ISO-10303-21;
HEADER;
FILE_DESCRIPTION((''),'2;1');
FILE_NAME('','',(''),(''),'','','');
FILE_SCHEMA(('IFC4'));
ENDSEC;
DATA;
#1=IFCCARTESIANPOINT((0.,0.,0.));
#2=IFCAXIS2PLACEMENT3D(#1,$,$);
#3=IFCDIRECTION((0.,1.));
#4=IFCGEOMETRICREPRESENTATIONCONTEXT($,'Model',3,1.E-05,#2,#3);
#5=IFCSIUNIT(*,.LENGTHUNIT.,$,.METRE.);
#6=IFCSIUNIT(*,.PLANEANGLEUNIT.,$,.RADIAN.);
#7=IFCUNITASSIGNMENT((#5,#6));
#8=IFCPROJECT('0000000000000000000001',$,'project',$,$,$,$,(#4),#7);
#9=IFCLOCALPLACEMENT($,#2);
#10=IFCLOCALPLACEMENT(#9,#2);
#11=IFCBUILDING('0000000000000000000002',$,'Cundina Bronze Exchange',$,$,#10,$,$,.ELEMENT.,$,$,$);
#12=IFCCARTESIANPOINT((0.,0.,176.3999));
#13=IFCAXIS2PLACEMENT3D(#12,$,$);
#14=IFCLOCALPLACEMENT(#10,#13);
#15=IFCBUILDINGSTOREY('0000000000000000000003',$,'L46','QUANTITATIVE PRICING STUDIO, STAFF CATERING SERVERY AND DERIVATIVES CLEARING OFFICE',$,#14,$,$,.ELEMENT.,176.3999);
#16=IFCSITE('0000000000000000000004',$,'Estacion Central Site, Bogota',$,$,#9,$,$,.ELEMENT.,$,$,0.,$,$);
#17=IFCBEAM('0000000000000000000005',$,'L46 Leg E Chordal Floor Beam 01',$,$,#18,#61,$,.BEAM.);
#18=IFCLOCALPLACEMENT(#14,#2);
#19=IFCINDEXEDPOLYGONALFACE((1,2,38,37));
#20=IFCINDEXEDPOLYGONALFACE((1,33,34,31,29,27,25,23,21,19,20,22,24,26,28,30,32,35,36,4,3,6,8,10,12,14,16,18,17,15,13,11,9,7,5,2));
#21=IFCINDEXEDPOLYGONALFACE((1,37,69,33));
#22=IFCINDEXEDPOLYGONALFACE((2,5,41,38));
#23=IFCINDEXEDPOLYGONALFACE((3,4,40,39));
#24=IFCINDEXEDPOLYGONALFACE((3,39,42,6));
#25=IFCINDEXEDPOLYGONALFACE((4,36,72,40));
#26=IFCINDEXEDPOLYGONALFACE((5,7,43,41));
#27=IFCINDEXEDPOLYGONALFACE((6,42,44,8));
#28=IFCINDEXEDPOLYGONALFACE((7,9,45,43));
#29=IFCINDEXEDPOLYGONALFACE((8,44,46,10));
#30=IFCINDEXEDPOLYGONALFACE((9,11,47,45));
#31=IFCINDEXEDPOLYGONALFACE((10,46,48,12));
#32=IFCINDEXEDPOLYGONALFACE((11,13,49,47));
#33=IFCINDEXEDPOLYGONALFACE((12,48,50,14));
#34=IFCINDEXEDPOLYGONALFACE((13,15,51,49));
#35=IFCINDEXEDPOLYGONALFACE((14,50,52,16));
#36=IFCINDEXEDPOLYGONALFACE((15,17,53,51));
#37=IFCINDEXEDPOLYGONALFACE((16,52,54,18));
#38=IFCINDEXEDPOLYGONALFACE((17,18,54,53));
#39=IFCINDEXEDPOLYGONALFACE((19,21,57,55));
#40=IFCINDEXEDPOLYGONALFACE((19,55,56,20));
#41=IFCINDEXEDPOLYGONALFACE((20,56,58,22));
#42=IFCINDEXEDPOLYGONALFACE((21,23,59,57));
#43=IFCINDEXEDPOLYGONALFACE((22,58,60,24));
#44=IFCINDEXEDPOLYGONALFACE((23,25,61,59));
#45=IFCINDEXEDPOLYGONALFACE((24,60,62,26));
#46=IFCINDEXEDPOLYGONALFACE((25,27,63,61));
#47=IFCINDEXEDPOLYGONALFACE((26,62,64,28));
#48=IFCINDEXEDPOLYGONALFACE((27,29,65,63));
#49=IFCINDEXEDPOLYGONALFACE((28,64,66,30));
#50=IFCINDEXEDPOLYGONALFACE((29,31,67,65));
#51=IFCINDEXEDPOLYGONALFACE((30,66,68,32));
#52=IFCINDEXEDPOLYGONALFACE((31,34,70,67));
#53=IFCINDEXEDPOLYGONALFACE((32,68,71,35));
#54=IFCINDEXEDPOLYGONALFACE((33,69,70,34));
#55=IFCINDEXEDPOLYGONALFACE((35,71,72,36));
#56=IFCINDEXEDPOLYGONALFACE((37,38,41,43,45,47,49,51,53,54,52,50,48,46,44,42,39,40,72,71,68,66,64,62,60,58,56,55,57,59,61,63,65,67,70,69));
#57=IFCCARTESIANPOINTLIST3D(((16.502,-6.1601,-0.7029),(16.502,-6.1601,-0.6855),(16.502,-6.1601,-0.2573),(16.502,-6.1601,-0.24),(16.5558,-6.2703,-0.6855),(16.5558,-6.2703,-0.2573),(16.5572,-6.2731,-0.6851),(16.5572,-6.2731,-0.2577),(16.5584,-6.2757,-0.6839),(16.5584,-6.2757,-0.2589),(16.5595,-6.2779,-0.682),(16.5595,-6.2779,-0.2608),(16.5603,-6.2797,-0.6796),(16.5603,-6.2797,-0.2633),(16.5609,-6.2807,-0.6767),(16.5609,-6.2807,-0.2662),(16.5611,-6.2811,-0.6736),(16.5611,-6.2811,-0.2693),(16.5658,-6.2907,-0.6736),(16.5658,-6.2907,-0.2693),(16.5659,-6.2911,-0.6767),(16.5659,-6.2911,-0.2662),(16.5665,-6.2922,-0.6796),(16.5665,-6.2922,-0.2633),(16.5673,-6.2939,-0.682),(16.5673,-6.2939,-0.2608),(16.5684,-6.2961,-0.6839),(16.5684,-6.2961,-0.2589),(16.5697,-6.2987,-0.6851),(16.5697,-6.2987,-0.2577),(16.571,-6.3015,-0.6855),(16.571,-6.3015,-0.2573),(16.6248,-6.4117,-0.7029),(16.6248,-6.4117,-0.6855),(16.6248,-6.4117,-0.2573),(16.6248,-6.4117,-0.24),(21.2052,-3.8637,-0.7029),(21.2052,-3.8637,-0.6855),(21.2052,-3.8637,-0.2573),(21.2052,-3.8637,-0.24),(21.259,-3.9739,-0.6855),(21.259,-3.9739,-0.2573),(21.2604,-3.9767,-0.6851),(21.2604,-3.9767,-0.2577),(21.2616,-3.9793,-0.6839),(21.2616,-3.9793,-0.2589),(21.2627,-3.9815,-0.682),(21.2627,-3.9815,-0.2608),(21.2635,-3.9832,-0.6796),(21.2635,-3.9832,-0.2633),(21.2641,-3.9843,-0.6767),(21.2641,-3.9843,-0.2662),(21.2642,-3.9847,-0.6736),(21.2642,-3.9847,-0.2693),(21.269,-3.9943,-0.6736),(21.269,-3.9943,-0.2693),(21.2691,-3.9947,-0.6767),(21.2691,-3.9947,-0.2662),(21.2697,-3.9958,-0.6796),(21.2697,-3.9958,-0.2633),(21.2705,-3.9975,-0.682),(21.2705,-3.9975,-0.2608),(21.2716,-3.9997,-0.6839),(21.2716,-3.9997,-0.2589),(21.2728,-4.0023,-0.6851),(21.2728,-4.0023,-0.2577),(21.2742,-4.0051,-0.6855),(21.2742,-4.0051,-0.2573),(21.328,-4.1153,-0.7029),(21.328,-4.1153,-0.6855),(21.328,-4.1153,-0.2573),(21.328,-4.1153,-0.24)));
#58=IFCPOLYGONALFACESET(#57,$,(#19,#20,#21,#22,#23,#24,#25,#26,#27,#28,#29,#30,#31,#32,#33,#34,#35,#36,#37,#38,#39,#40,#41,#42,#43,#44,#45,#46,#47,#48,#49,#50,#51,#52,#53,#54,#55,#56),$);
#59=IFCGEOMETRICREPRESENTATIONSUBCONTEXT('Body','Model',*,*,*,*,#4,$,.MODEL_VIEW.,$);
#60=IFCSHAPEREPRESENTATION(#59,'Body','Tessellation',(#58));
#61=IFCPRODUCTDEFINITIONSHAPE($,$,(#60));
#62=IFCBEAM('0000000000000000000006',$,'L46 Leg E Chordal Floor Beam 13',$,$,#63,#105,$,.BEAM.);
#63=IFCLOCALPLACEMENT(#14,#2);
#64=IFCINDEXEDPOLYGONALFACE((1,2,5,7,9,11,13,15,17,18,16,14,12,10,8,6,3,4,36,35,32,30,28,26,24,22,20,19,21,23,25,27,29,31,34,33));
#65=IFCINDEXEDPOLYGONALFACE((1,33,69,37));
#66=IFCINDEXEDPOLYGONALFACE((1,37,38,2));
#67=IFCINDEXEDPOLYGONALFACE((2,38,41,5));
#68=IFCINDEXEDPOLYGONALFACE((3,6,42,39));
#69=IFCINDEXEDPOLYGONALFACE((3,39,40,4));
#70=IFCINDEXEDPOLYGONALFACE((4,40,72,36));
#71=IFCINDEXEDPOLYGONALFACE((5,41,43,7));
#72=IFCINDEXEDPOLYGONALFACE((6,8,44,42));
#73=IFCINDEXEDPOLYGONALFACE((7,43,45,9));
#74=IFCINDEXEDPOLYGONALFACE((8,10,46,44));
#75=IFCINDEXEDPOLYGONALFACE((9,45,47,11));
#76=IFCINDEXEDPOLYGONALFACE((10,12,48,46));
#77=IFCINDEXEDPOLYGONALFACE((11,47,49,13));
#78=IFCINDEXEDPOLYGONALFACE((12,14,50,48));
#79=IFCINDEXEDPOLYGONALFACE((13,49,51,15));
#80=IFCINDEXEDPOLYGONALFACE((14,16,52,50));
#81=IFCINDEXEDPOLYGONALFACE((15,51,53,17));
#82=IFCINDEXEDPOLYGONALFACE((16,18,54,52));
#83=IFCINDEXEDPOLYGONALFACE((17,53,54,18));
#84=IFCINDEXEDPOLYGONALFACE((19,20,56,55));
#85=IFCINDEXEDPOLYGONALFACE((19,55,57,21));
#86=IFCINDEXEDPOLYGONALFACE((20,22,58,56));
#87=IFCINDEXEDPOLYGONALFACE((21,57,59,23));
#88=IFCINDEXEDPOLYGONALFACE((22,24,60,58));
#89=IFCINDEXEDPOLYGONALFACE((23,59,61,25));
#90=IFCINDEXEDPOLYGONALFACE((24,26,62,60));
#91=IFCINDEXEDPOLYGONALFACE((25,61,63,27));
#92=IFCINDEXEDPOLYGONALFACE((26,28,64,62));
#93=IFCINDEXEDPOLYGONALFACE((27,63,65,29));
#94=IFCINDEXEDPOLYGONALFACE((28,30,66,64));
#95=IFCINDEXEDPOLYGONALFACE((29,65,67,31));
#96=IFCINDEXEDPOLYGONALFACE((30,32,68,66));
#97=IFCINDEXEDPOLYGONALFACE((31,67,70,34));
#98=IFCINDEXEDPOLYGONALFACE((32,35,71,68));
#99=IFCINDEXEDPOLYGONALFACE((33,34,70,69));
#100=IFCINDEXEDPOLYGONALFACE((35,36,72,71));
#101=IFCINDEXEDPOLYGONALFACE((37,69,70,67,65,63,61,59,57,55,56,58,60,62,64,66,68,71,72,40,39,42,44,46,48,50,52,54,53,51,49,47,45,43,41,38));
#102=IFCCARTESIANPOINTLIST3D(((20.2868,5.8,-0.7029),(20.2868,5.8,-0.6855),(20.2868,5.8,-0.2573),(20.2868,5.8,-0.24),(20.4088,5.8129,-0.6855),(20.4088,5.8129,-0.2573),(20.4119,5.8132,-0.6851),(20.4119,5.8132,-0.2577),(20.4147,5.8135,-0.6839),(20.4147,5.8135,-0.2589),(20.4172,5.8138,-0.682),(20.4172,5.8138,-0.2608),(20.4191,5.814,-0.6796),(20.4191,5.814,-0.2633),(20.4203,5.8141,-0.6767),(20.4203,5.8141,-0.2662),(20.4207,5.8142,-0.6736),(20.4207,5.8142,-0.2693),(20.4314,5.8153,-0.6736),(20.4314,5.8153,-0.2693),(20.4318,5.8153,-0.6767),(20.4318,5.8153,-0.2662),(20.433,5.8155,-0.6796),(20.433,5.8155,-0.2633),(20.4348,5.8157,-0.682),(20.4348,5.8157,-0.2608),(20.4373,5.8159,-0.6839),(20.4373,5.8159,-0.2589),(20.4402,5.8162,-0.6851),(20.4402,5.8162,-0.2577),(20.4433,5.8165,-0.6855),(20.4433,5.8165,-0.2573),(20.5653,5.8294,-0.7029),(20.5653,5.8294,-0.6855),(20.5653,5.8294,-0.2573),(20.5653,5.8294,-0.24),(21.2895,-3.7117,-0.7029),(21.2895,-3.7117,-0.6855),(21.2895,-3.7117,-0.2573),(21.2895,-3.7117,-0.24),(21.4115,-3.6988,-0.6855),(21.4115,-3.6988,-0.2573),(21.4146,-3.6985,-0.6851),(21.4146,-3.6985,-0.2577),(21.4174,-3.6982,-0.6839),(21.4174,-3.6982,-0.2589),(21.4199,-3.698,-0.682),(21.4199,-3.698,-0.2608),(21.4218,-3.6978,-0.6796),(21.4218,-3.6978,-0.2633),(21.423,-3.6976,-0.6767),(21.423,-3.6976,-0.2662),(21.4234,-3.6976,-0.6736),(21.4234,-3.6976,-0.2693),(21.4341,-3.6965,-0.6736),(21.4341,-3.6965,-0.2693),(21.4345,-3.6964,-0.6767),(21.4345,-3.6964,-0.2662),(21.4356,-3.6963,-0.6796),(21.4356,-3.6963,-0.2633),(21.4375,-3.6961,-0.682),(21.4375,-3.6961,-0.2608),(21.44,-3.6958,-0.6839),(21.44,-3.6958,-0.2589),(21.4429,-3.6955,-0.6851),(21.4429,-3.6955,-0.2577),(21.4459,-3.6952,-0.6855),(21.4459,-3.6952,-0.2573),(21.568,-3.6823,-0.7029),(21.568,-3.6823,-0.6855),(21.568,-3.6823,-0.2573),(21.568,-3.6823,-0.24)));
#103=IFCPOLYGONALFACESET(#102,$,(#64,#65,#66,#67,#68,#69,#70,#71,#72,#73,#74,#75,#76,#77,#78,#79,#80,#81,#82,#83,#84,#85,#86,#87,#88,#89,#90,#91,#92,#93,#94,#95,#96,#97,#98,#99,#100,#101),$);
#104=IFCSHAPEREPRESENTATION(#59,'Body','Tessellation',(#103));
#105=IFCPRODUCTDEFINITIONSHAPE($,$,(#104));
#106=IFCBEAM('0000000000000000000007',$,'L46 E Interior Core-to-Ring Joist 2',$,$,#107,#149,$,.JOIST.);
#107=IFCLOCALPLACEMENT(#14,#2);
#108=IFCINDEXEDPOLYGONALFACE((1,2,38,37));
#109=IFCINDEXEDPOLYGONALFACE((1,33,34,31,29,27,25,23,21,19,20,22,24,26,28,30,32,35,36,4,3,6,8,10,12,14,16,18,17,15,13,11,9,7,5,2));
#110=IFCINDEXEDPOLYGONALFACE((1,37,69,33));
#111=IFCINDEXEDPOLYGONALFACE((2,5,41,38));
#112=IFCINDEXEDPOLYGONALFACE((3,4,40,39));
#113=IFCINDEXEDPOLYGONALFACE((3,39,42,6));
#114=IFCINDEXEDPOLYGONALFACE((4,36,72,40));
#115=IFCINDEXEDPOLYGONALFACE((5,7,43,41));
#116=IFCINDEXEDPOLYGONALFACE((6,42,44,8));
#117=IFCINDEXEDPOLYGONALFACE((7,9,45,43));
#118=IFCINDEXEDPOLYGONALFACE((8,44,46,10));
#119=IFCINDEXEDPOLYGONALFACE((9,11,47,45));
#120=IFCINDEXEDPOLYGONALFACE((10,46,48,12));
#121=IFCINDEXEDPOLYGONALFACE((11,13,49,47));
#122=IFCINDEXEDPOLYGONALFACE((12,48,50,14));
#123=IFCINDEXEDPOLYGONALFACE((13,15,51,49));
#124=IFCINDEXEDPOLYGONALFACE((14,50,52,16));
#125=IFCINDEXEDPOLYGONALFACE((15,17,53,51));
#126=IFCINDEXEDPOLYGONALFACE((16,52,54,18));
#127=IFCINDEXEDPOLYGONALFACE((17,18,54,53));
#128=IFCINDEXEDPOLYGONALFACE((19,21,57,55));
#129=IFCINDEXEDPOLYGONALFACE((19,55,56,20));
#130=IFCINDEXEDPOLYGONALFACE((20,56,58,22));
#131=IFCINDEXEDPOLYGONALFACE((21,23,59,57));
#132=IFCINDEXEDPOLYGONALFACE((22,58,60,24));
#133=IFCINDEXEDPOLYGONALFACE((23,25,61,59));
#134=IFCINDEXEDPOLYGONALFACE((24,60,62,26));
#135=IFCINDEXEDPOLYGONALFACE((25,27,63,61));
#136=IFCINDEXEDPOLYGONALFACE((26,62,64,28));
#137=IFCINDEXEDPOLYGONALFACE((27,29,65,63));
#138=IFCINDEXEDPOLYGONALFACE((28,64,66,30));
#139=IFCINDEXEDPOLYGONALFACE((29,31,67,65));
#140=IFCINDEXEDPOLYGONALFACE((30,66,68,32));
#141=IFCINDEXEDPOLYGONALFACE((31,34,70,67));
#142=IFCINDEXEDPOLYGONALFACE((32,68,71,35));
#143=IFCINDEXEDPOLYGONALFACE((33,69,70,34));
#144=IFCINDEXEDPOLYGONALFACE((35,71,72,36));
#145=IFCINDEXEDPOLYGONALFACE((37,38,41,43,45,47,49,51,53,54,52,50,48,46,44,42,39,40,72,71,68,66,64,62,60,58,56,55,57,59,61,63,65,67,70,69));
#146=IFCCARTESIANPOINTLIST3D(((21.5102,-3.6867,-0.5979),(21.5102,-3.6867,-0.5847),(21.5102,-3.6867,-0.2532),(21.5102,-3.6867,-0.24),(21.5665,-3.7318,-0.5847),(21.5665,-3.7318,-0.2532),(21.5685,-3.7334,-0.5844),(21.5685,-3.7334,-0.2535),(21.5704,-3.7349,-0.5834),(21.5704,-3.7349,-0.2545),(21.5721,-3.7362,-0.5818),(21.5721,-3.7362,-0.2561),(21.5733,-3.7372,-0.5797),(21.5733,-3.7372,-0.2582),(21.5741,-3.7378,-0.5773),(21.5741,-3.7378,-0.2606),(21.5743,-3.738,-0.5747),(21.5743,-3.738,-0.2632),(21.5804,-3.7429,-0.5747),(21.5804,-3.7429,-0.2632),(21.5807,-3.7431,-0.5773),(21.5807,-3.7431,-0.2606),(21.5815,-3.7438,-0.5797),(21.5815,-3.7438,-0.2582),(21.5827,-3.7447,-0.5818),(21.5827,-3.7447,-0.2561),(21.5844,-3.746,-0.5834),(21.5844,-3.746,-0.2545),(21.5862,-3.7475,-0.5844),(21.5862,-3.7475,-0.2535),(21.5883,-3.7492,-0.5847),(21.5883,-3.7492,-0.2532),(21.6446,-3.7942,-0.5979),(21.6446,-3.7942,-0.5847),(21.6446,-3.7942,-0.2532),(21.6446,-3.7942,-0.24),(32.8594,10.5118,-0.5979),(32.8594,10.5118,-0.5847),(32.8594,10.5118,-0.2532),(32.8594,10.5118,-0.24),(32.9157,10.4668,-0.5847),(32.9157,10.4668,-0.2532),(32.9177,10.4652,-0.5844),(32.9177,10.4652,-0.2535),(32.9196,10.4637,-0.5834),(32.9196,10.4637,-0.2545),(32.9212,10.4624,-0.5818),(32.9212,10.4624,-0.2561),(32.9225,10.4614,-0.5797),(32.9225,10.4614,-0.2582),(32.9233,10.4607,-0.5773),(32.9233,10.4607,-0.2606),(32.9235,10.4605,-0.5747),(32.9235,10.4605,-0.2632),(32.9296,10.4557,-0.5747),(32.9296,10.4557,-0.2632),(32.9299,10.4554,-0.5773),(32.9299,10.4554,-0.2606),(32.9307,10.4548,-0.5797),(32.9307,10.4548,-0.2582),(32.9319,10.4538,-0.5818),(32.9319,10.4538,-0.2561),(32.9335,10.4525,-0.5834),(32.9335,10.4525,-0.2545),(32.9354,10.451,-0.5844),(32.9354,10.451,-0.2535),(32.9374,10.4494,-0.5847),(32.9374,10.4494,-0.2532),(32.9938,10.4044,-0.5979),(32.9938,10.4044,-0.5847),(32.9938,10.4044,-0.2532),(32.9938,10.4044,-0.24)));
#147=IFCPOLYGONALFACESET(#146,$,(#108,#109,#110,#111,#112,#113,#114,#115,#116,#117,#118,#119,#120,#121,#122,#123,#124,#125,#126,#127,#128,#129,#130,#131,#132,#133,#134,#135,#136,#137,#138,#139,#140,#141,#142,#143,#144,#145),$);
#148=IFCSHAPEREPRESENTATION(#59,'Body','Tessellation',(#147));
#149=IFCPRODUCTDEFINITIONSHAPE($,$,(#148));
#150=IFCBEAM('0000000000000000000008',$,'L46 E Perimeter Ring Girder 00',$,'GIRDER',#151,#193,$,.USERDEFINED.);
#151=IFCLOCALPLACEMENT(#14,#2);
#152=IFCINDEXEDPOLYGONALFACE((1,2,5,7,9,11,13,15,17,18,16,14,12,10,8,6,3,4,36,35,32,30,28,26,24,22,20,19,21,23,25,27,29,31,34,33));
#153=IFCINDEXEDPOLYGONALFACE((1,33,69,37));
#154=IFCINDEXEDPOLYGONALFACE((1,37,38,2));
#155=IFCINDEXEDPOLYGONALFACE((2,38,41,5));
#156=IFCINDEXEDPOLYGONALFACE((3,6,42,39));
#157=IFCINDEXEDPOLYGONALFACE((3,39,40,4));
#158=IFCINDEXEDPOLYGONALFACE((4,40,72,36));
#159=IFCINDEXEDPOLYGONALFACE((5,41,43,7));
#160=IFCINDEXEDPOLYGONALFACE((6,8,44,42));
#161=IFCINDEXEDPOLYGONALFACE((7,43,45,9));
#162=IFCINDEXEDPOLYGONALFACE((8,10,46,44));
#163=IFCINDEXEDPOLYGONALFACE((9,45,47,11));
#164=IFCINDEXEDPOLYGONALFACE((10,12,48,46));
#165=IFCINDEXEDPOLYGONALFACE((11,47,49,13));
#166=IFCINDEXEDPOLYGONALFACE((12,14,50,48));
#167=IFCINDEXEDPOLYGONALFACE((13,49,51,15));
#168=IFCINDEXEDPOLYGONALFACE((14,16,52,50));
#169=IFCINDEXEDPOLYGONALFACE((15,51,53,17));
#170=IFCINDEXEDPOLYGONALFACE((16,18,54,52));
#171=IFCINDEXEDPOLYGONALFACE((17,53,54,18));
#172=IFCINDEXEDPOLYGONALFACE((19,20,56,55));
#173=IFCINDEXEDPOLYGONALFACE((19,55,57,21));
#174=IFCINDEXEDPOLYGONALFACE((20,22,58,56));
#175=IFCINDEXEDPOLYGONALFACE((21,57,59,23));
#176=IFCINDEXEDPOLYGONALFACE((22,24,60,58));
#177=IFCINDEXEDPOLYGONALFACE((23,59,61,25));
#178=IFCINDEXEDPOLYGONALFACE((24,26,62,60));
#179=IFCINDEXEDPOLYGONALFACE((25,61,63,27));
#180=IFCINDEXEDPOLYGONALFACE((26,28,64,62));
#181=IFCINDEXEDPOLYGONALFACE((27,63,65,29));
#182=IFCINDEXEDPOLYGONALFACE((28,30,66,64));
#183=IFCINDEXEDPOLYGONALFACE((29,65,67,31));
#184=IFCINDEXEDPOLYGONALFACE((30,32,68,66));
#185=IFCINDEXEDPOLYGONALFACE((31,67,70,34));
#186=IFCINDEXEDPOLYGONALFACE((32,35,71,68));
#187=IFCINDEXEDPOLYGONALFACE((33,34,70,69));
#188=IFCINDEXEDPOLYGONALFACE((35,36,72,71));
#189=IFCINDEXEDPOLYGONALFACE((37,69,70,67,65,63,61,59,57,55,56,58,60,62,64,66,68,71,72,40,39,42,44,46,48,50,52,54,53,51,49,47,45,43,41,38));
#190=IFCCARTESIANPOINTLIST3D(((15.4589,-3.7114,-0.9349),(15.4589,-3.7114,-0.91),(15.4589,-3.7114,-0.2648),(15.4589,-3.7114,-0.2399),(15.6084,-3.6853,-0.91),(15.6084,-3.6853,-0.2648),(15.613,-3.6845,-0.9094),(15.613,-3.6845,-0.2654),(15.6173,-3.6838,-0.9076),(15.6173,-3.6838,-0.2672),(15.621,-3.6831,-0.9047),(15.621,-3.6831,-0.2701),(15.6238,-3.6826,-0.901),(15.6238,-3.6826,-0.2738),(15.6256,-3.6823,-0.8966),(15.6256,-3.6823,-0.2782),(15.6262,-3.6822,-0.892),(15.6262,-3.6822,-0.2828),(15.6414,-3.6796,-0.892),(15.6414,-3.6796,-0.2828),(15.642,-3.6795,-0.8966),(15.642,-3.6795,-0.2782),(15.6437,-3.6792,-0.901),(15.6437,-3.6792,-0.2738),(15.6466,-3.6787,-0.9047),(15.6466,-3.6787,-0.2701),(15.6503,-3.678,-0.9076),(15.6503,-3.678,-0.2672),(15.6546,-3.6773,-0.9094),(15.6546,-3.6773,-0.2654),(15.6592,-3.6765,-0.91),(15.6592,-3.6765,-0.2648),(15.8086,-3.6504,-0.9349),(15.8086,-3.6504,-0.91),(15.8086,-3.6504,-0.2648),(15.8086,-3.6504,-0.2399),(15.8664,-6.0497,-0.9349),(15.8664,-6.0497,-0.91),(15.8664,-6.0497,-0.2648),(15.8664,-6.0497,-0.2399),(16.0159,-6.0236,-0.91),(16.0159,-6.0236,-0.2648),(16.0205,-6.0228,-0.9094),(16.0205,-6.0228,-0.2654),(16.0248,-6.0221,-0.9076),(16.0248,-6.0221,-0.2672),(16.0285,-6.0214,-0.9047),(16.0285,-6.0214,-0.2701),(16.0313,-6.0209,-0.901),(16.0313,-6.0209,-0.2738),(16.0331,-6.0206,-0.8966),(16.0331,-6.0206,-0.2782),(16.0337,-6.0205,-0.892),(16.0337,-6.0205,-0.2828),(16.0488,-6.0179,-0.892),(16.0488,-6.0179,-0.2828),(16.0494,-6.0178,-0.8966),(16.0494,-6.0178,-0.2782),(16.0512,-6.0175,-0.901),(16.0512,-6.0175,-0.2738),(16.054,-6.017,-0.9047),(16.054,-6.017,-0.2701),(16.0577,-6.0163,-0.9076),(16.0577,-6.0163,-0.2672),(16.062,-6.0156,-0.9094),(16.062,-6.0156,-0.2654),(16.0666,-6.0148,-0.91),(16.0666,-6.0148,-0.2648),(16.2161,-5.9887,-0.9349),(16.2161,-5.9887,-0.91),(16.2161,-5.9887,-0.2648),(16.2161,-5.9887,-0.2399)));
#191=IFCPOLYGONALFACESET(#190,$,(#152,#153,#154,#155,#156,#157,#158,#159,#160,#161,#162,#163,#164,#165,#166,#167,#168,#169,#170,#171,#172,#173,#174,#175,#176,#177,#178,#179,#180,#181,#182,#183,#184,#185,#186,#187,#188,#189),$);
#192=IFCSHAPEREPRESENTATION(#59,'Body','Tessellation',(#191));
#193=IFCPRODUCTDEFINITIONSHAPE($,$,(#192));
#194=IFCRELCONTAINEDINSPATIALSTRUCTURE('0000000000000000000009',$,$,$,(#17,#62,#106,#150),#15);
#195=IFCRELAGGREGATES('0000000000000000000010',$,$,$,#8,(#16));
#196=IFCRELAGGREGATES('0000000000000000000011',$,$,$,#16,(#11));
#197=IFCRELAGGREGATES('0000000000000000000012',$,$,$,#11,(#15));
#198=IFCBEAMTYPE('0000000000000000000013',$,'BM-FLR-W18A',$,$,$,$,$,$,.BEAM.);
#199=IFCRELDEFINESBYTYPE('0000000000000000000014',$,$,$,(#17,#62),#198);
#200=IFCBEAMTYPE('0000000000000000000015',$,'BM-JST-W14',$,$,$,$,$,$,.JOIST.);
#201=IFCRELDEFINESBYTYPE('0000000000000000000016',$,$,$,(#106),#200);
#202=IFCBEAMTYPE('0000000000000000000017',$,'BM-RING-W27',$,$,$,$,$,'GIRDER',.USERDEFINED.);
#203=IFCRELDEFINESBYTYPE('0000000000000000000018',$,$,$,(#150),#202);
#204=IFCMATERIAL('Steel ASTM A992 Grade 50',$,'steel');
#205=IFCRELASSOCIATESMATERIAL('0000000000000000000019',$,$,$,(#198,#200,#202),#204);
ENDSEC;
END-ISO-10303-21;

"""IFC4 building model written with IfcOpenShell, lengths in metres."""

from ifc_helpers import new_model, si_unit, direction, frame, origin, origin_2d, place, context, subcontext, project, spatial, i_section, extrude, material, material_profile, profile_set, type_object, element, save


model = new_model("IFC4")

# Units and contexts
model_context = context("Model", 3, precision=1e-05, world=origin(), true_north=direction((0.0, 1.0)))
body_context = subcontext(model_context, "Body", "Model", "MODEL_VIEW")
ifc_project = project(units=[si_unit("LENGTHUNIT", "METRE"), si_unit("PLANEANGLEUNIT", "RADIAN")], contexts=[model_context])

# Site, building, storey
site_placement = place(None, origin())
site = spatial("IfcSite", under=ifc_project, at=site_placement, Name="Estacion Central Site, Bogota", CompositionType="ELEMENT", RefElevation=0.0)
building_placement = place(site_placement, origin())
building = spatial("IfcBuilding", under=site, at=building_placement, Name="Cundina Bronze Exchange", CompositionType="ELEMENT")
storey_placement = place(building_placement, frame((0.0, 0.0, 176.3999)))
storey = spatial("IfcBuildingStorey", under=building, at=storey_placement, Name="L46", Description="QUANTITATIVE PRICING STUDIO, STAFF CATERING SERVERY AND DERIVATIVES CLEARING OFFICE", CompositionType="ELEMENT", Elevation=176.3999)

# Shared definitions
ifc_material_1 = material(Name="Steel ASTM A992 Grade 50", Category="steel")

# Beams
ifc_material_profile_1 = material_profile(ifc_material_1, i_section(OverallWidth=0.28, OverallDepth=0.4629, WebThickness=0.0107, FlangeThickness=0.0173, FilletRadius=0.012, at=origin_2d()), Name="W18X76", Category="steel")
ifc_profile_set_1 = profile_set([ifc_material_profile_1], Name="Steel ASTM A992 Grade 50")
beam_type_1 = type_object("IfcBeamType", Name="BM-FLR-W18A", PredefinedType="BEAM", material=ifc_profile_set_1)
beam_1_placement = place(storey_placement, frame((21.2666, -3.9895, -0.4714), z_axis=(-0.898604, -0.43876, 0.0), x_axis=(0.43876, -0.898604, 0.0)))
element("IfcBeam", 1, at=beam_1_placement, inside=storey, type_object=beam_type_1, Name="L46 Leg E Chordal Floor Beam 01", PredefinedType="BEAM", context=body_context, shape_type="SweptSolid", body=[
    extrude(i_section(OverallWidth=0.28, OverallDepth=0.4629, WebThickness=0.0107, FlangeThickness=0.0173, FilletRadius=0.012, at=origin_2d()), origin(), (0.0, 0.0, 1.0), 5.2339),
])
beam_2_placement = place(storey_placement, frame((21.4287, -3.697, -0.4714), z_axis=(-0.104835, 0.99449, 0.0), x_axis=(-0.99449, -0.104835, 0.0)))
element("IfcBeam", 2, at=beam_2_placement, inside=storey, type_object=beam_type_1, Name="L46 Leg E Chordal Floor Beam 13", PredefinedType="BEAM", context=body_context, shape_type="SweptSolid", body=[
    extrude(i_section(OverallWidth=0.28, OverallDepth=0.4629, WebThickness=0.0107, FlangeThickness=0.0173, FilletRadius=0.012, at=origin_2d()), origin(), (0.0, 0.0, 1.0), 9.5645),
])
ifc_material_profile_2 = material_profile(ifc_material_1, i_section(OverallWidth=0.1721, OverallDepth=0.3579, WebThickness=0.0078, FlangeThickness=0.0132, FilletRadius=0.01, at=origin_2d()), Name="W14X38", Category="steel")
ifc_profile_set_2 = profile_set([ifc_material_profile_2], Name="Steel ASTM A992 Grade 50")
beam_type_2 = type_object("IfcBeamType", Name="BM-JST-W14", PredefinedType="JOIST", material=ifc_profile_set_2)
beam_3_placement = place(storey_placement, frame((21.5774, -3.7405, -0.4189), z_axis=(0.624371, 0.781128, 0.0), x_axis=(-0.781128, 0.624371, 0.0)))
element("IfcBeam", 3, at=beam_3_placement, inside=storey, type_object=beam_type_2, Name="L46 E Interior Core-to-Ring Joist 2", PredefinedType="JOIST", context=body_context, shape_type="SweptSolid", body=[
    extrude(i_section(OverallWidth=0.1721, OverallDepth=0.3579, WebThickness=0.0078, FlangeThickness=0.0132, FilletRadius=0.01, at=origin_2d()), origin(), (0.0, 0.0, 1.0), 18.177),
])
ifc_material_profile_3 = material_profile(ifc_material_1, i_section(OverallWidth=0.355, OverallDepth=0.6951, WebThickness=0.0154, FlangeThickness=0.0249, FilletRadius=0.0181, at=origin_2d()), Name="W27X146", Category="steel")
ifc_profile_set_3 = profile_set([ifc_material_profile_3], Name="Steel ASTM A992 Grade 50")
beam_type_3 = type_object("IfcBeamType", Name="BM-RING-W27", ElementType="GIRDER", PredefinedType="USERDEFINED", material=ifc_profile_set_3)
beam_4_placement = place(storey_placement, frame((15.6338, -3.6809, -0.5874), z_axis=(0.171667, -0.985155, 0.0), x_axis=(0.985155, 0.171667, 0.0)))
element("IfcBeam", 4, at=beam_4_placement, inside=storey, type_object=beam_type_3, Name="L46 E Perimeter Ring Girder 00", ObjectType="GIRDER", PredefinedType="USERDEFINED", context=body_context, shape_type="SweptSolid", body=[
    extrude(i_section(OverallWidth=0.355, OverallDepth=0.6951, WebThickness=0.0154, FlangeThickness=0.0249, FilletRadius=0.0181, at=origin_2d()), origin(), (0.0, 0.0, 1.0), 2.3735),
])

save(model, "model.ifc")
